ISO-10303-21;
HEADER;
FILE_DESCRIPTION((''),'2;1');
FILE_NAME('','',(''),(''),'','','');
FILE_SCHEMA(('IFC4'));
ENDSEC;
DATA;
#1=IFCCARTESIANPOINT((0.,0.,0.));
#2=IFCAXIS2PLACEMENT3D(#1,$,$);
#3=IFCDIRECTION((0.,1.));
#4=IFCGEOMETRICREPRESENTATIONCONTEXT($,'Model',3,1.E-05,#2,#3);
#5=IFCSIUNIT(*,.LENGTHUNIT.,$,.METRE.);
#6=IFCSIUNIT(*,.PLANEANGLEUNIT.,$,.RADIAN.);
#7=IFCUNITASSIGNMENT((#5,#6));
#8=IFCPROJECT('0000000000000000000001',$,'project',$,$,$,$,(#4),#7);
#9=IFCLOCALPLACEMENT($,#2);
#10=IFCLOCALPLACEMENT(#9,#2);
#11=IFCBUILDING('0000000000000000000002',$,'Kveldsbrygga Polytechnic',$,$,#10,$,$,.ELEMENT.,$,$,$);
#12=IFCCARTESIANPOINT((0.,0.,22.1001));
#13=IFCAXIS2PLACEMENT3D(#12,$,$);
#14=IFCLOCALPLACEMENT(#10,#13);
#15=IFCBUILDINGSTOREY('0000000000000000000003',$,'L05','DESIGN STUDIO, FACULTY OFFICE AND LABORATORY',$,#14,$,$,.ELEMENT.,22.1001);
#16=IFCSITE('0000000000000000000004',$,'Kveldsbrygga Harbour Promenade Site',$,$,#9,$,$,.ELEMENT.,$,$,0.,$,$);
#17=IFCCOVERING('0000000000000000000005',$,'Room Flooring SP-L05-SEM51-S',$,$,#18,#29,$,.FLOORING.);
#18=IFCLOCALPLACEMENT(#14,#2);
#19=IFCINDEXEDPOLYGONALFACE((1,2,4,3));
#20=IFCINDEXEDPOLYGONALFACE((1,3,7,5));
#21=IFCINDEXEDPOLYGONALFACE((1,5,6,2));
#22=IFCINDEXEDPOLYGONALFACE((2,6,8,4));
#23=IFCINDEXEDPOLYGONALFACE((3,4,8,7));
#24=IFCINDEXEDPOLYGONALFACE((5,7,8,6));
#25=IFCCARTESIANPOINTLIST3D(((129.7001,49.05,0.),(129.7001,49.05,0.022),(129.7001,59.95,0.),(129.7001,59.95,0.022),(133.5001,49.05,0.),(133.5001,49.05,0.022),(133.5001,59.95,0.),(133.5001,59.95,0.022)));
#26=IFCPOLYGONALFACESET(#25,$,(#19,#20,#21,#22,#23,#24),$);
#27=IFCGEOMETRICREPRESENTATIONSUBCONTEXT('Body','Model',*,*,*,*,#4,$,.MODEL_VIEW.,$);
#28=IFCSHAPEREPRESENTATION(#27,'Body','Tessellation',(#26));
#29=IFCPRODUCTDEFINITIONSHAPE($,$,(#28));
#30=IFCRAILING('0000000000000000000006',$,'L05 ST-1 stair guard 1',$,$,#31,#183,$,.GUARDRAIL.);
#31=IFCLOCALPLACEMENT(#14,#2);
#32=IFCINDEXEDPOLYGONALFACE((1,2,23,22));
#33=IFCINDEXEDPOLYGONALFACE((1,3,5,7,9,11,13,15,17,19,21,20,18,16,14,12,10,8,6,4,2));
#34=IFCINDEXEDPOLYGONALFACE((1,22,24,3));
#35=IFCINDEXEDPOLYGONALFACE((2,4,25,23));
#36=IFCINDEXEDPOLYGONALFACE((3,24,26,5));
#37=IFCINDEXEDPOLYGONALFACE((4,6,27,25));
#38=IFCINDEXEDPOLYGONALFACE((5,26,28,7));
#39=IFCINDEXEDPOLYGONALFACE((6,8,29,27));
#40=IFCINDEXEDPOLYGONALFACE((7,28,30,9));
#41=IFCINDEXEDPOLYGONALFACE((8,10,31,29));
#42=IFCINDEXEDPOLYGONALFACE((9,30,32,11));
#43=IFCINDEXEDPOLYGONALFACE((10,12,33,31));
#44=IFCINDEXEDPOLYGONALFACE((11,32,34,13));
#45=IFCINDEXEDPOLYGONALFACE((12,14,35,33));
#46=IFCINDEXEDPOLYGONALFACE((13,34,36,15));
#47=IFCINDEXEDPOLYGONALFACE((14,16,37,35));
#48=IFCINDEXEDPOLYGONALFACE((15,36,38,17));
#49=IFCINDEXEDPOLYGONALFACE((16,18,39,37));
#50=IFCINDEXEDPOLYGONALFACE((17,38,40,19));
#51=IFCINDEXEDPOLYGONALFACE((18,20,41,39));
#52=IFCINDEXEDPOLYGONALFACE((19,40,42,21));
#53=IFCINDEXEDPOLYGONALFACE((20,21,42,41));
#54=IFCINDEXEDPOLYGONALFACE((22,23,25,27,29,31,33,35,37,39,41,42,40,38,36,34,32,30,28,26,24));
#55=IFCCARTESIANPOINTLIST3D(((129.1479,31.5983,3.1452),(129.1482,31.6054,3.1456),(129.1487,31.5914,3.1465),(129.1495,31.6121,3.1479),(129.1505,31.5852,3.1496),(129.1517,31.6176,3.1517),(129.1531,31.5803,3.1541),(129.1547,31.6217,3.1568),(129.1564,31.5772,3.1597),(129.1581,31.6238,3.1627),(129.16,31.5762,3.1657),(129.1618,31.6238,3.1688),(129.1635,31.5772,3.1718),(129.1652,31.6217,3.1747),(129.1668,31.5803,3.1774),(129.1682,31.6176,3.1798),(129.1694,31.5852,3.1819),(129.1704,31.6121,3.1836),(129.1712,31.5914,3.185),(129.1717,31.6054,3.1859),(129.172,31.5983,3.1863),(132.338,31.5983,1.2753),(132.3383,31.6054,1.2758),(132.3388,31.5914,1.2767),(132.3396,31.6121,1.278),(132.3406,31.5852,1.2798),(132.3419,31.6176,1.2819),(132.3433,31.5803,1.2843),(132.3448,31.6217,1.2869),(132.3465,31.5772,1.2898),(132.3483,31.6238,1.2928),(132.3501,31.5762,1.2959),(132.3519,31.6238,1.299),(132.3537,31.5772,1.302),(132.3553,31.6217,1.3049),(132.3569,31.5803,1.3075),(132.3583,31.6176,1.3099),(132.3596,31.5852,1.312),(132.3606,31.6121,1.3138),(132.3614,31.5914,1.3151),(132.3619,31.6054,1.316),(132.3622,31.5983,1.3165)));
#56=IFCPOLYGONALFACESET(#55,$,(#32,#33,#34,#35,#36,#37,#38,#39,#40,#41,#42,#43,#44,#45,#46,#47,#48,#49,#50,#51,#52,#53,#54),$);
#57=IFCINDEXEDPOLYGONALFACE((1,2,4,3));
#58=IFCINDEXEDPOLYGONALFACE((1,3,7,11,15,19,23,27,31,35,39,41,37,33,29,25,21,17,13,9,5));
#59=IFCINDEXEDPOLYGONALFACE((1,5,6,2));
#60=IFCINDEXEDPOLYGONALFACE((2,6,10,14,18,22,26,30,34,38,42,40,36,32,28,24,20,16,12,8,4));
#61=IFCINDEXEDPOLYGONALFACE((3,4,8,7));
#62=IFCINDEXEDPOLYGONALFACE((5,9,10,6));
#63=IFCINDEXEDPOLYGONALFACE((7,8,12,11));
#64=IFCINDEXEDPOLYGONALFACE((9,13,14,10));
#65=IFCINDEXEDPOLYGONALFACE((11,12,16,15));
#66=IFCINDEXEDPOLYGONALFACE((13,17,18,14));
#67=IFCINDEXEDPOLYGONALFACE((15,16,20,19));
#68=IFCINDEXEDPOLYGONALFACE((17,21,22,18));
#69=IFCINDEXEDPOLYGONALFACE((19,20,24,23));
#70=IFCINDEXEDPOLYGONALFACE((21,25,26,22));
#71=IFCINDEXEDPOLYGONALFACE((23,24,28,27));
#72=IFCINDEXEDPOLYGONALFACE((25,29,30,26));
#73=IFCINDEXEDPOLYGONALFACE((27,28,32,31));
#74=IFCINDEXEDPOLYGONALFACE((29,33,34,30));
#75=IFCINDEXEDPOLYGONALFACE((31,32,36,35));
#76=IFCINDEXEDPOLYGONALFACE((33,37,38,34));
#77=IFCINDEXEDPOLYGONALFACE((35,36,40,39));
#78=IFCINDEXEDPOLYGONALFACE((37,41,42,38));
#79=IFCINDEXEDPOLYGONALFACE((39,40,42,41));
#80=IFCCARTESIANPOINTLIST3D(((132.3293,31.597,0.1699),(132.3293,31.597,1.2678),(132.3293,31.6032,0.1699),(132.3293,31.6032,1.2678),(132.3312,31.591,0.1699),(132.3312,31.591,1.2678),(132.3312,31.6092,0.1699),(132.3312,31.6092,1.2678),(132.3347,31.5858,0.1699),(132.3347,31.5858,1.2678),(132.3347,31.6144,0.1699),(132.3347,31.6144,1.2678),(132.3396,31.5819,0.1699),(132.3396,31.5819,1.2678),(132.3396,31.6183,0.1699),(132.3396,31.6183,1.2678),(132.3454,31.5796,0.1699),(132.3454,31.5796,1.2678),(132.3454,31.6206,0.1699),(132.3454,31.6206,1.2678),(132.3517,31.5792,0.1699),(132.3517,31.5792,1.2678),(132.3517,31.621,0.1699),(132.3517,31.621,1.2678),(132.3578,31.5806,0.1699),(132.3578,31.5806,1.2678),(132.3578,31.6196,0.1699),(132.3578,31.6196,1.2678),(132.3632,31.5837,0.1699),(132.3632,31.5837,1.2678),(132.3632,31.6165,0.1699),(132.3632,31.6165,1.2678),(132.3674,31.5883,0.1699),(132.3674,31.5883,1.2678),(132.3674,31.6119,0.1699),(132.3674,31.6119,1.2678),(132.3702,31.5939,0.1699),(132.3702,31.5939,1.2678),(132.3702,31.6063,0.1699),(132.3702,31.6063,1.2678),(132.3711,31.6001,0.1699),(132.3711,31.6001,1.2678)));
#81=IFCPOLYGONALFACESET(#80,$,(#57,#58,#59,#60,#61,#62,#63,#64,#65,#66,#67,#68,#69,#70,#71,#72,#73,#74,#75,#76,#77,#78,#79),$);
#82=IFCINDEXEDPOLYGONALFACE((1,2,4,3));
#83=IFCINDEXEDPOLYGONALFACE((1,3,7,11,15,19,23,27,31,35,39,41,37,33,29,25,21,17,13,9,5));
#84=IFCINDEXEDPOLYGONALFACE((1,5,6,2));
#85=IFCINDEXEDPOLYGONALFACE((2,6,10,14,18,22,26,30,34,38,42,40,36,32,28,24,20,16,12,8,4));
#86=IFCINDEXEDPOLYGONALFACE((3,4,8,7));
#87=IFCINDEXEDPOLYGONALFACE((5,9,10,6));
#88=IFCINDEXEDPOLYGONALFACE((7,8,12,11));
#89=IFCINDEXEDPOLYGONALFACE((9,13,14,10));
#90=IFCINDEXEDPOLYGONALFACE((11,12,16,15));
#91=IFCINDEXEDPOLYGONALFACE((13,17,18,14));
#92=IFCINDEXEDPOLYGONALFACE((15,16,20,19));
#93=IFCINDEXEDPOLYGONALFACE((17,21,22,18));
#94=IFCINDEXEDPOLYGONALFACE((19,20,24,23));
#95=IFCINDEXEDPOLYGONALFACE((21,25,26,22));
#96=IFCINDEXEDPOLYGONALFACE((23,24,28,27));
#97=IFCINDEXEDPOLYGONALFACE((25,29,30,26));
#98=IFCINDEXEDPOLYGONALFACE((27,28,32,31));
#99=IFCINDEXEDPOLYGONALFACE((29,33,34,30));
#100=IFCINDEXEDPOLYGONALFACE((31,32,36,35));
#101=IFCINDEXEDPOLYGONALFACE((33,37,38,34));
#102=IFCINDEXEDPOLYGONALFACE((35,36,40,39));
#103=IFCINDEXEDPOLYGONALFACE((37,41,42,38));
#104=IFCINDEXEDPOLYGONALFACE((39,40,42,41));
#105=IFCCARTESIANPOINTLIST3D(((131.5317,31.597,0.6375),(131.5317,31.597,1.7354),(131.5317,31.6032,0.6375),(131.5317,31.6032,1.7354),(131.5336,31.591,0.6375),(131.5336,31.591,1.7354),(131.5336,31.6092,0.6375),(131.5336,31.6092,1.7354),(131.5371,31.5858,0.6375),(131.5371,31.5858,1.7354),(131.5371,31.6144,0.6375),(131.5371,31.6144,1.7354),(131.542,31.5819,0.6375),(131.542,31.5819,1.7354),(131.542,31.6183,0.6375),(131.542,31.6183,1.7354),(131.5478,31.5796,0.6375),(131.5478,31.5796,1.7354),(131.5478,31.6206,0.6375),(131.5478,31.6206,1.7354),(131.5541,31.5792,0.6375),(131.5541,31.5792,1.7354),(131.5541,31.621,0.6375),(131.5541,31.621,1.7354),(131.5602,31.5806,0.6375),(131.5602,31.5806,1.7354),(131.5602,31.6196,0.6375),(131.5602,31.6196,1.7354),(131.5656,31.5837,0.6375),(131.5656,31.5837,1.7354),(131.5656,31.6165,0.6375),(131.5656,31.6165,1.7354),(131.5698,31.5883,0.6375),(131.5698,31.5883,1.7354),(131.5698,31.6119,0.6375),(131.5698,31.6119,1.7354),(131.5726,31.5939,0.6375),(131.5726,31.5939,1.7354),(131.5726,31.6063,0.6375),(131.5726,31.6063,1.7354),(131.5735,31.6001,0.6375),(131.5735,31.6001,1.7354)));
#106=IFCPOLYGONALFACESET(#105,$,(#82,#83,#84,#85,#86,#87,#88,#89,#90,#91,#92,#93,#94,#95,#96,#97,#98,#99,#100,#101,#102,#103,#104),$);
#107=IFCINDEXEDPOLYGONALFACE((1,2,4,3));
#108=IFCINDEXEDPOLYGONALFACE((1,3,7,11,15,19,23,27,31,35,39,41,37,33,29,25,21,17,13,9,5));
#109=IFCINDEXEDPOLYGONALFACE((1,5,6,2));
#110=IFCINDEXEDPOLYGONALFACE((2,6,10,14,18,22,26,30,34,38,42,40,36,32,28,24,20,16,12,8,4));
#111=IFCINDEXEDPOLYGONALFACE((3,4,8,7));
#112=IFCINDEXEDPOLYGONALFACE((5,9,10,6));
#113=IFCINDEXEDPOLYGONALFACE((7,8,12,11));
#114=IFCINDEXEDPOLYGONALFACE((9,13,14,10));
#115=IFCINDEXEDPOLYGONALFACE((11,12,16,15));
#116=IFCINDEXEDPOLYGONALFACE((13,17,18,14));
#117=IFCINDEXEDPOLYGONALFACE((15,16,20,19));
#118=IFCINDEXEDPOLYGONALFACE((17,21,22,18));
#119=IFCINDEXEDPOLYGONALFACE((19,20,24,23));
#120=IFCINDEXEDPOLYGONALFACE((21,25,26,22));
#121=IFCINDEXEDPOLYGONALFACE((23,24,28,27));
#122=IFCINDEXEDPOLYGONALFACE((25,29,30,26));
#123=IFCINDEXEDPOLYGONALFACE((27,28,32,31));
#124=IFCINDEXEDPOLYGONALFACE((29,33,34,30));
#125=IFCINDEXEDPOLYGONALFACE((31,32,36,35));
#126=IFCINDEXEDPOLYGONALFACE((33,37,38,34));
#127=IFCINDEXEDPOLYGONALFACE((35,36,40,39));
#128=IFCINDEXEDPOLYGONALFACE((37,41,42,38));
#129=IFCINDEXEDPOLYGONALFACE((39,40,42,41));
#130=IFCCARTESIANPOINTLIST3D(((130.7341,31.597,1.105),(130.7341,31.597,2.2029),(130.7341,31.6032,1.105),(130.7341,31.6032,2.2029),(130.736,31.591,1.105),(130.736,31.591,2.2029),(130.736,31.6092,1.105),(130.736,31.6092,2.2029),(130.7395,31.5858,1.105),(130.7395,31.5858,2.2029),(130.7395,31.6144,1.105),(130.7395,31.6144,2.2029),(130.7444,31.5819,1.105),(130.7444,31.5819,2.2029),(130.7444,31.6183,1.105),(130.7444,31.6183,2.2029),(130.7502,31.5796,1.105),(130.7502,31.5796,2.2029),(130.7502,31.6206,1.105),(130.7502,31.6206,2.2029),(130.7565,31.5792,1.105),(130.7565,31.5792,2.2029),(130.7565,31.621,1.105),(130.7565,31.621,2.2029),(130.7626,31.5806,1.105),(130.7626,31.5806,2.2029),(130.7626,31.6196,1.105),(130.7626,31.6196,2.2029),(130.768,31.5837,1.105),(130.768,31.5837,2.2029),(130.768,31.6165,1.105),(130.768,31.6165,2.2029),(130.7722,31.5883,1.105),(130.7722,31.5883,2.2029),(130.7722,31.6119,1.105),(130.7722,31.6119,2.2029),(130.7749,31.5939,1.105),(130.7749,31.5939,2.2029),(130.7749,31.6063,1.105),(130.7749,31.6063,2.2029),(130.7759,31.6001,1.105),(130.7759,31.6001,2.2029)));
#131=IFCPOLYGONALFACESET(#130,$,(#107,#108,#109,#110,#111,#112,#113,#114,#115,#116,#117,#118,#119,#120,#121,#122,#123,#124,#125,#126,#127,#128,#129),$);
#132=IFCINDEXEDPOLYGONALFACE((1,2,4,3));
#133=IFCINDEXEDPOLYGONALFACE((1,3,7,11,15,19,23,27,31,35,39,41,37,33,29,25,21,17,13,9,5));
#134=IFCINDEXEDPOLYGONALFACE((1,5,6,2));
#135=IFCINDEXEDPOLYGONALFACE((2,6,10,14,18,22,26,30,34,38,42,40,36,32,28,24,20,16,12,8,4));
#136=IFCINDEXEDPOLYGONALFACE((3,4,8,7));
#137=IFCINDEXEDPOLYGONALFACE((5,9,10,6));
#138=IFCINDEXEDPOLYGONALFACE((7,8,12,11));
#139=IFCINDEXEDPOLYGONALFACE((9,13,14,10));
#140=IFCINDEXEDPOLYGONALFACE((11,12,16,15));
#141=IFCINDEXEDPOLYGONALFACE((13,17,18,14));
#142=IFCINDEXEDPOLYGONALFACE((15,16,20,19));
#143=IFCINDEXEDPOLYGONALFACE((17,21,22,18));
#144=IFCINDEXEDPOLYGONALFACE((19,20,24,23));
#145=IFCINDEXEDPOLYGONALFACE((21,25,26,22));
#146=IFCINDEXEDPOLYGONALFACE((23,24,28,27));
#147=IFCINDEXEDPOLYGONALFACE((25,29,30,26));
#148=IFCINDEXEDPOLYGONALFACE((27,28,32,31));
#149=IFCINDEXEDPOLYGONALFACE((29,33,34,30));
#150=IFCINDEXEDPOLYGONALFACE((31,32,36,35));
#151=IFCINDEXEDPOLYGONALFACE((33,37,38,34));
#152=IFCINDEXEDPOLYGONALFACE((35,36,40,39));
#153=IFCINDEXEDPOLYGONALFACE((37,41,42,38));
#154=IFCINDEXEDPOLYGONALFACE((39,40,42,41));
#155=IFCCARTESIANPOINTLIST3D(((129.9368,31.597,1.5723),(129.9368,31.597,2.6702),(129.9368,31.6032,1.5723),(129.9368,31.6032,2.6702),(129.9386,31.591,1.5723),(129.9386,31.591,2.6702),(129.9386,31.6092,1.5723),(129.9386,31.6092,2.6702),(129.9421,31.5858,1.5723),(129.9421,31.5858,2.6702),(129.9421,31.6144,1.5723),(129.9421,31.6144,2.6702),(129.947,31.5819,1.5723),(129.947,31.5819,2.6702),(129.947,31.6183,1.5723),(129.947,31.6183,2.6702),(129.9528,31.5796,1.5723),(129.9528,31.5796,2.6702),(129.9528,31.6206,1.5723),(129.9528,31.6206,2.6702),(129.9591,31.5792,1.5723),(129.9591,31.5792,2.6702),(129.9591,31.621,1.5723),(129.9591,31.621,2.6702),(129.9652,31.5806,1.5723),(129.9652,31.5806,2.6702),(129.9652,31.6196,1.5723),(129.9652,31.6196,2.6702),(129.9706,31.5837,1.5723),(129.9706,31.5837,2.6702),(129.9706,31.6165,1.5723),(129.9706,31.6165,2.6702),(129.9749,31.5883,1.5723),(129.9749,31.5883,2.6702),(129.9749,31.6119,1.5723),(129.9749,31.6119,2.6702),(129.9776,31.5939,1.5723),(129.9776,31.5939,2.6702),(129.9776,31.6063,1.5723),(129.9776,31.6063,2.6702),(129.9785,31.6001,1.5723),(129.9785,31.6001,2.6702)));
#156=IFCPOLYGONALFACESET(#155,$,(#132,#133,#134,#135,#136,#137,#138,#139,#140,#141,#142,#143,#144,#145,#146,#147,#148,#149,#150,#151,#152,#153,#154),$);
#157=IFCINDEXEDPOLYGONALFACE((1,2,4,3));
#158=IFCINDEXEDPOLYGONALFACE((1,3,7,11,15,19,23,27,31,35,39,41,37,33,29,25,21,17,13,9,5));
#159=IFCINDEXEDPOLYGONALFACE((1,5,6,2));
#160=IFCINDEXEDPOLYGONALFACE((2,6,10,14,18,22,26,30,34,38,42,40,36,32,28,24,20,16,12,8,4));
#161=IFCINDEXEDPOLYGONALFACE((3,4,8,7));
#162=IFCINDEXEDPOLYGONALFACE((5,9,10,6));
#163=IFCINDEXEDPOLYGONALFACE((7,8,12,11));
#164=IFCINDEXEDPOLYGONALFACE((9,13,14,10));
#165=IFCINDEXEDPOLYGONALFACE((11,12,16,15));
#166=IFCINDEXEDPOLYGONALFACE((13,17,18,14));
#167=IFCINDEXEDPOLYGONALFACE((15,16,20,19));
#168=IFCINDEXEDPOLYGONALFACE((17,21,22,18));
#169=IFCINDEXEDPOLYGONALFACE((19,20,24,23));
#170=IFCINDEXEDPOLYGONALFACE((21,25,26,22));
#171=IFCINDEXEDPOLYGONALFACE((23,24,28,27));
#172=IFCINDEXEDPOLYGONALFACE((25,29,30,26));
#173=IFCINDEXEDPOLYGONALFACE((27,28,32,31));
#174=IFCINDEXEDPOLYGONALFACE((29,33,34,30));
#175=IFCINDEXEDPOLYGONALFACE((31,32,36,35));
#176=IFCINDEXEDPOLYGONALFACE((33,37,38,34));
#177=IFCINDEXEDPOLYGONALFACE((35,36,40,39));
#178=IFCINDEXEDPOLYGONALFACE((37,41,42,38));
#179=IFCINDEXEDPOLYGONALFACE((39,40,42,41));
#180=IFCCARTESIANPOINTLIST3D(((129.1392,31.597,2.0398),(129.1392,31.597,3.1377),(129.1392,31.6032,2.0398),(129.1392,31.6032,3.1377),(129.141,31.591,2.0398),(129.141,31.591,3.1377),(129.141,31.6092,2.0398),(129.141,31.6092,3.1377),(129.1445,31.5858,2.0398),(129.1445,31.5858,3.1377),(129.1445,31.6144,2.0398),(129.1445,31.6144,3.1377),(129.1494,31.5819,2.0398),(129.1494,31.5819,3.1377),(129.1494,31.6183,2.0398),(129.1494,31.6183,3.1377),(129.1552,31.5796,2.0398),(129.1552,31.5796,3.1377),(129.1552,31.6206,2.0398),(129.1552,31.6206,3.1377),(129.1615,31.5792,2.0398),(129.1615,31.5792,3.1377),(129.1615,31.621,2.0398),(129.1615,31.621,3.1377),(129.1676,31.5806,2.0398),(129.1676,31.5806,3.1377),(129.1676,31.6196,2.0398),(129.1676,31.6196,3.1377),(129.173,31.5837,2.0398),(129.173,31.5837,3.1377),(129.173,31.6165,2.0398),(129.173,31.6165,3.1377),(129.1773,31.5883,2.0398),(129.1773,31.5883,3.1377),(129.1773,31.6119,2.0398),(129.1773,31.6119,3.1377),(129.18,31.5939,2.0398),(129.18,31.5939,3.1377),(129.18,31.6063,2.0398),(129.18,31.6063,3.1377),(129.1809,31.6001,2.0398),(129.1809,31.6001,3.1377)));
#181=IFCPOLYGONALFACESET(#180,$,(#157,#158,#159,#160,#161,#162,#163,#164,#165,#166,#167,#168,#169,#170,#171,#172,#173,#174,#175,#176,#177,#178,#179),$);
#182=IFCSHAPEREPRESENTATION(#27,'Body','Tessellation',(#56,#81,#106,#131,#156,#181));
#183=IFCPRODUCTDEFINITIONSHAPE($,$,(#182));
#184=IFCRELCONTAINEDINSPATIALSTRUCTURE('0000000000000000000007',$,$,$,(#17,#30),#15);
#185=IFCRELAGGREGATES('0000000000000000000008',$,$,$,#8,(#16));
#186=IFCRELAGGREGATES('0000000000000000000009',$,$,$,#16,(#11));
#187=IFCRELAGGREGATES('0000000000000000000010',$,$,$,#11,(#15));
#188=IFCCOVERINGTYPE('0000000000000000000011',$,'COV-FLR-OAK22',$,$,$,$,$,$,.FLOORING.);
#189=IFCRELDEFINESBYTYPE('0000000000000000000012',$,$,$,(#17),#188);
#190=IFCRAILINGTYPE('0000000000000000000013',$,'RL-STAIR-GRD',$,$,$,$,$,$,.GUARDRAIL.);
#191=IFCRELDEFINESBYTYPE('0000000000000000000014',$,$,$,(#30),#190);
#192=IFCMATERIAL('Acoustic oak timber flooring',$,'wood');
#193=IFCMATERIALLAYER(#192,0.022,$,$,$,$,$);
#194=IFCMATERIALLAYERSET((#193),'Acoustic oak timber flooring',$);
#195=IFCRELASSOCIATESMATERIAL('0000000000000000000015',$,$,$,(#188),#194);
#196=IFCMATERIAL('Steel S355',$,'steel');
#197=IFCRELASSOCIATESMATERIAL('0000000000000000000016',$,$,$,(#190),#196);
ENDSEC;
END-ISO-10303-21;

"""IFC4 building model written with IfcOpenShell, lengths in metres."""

from ifc_helpers import new_model, si_unit, direction, frame, origin, origin_2d, place, context, subcontext, project, spatial, rectangle, circle, extrude, material, layer, layer_set, type_object, element, save


model = new_model("IFC4")

# Units and contexts
model_context = context("Model", 3, precision=1e-05, world=origin(), true_north=direction((0.0, 1.0)))
body_context = subcontext(model_context, "Body", "Model", "MODEL_VIEW")
ifc_project = project(units=[si_unit("LENGTHUNIT", "METRE"), si_unit("PLANEANGLEUNIT", "RADIAN")], contexts=[model_context])

# Site, building, storey
site_placement = place(None, origin())
site = spatial("IfcSite", under=ifc_project, at=site_placement, Name="Kveldsbrygga Harbour Promenade Site", CompositionType="ELEMENT", RefElevation=0.0)
building_placement = place(site_placement, origin())
building = spatial("IfcBuilding", under=site, at=building_placement, Name="Kveldsbrygga Polytechnic", CompositionType="ELEMENT")
storey_placement = place(building_placement, frame((0.0, 0.0, 22.1001)))
storey = spatial("IfcBuildingStorey", under=building, at=storey_placement, Name="L05", Description="DESIGN STUDIO, FACULTY OFFICE AND LABORATORY", CompositionType="ELEMENT", Elevation=22.1001)

# Covering
ifc_material_1 = material(Name="Acoustic oak timber flooring", Category="wood")
ifc_layer_1 = layer(ifc_material_1, 0.022)
ifc_layer_set_1 = layer_set([ifc_layer_1], Name="Acoustic oak timber flooring")
covering_type_1 = type_object("IfcCoveringType", Name="COV-FLR-OAK22", PredefinedType="FLOORING", material=ifc_layer_set_1)
covering_1_placement = place(storey_placement, frame((131.6001, 54.5, 0.0), z_axis=(0.0, 0.0, 1.0), x_axis=(1.0, 0.0, 0.0)))
element("IfcCovering", 1, at=covering_1_placement, inside=storey, type_object=covering_type_1, Name="Room Flooring SP-L05-SEM51-S", PredefinedType="FLOORING", context=body_context, shape_type="SweptSolid", body=[
    extrude(rectangle(XDim=3.8, YDim=10.8999, at=origin_2d()), origin(), (0.0, 0.0, 1.0), 0.022),
])

# Railing
ifc_material_2 = material(Name="Steel S355", Category="steel")
railing_type_1 = type_object("IfcRailingType", Name="RL-STAIR-GRD", PredefinedType="GUARDRAIL", material=ifc_material_2)
railing_1_placement = place(storey_placement, frame((132.3501, 31.6001, 0.1699)))
element("IfcRailing", 2, at=railing_1_placement, inside=storey, type_object=railing_type_1, Name="L05 ST-1 stair guard 1", PredefinedType="GUARDRAIL", context=body_context, shape_type="SweptSolid", body=[
    extrude(circle(Radius=0.0239, at=origin_2d()), frame((0.0, 0.0, 1.126), z_axis=(-0.862726, 0.0, 0.505672), x_axis=(0.0, -1.0, 0.0)), (0.0, 0.0, 1.0), 3.6978),
    extrude(circle(Radius=0.021, at=origin_2d()), origin(), (0.0, 0.0, 1.0), 1.0979),
    extrude(circle(Radius=0.021, at=origin_2d()), frame((-0.7976, 0.0, 0.4675)), (0.0, 0.0, 1.0), 1.0979),
    extrude(circle(Radius=0.021, at=origin_2d()), frame((-1.5952, 0.0, 0.9351)), (0.0, 0.0, 1.0), 1.0979),
    extrude(circle(Radius=0.021, at=origin_2d()), frame((-2.3926, 0.0, 1.4023)), (0.0, 0.0, 1.0), 1.0979),
    extrude(circle(Radius=0.021, at=origin_2d()), frame((-3.1902, 0.0, 1.8699)), (0.0, 0.0, 1.0), 1.0979),
])

save(model, "model.ifc")
